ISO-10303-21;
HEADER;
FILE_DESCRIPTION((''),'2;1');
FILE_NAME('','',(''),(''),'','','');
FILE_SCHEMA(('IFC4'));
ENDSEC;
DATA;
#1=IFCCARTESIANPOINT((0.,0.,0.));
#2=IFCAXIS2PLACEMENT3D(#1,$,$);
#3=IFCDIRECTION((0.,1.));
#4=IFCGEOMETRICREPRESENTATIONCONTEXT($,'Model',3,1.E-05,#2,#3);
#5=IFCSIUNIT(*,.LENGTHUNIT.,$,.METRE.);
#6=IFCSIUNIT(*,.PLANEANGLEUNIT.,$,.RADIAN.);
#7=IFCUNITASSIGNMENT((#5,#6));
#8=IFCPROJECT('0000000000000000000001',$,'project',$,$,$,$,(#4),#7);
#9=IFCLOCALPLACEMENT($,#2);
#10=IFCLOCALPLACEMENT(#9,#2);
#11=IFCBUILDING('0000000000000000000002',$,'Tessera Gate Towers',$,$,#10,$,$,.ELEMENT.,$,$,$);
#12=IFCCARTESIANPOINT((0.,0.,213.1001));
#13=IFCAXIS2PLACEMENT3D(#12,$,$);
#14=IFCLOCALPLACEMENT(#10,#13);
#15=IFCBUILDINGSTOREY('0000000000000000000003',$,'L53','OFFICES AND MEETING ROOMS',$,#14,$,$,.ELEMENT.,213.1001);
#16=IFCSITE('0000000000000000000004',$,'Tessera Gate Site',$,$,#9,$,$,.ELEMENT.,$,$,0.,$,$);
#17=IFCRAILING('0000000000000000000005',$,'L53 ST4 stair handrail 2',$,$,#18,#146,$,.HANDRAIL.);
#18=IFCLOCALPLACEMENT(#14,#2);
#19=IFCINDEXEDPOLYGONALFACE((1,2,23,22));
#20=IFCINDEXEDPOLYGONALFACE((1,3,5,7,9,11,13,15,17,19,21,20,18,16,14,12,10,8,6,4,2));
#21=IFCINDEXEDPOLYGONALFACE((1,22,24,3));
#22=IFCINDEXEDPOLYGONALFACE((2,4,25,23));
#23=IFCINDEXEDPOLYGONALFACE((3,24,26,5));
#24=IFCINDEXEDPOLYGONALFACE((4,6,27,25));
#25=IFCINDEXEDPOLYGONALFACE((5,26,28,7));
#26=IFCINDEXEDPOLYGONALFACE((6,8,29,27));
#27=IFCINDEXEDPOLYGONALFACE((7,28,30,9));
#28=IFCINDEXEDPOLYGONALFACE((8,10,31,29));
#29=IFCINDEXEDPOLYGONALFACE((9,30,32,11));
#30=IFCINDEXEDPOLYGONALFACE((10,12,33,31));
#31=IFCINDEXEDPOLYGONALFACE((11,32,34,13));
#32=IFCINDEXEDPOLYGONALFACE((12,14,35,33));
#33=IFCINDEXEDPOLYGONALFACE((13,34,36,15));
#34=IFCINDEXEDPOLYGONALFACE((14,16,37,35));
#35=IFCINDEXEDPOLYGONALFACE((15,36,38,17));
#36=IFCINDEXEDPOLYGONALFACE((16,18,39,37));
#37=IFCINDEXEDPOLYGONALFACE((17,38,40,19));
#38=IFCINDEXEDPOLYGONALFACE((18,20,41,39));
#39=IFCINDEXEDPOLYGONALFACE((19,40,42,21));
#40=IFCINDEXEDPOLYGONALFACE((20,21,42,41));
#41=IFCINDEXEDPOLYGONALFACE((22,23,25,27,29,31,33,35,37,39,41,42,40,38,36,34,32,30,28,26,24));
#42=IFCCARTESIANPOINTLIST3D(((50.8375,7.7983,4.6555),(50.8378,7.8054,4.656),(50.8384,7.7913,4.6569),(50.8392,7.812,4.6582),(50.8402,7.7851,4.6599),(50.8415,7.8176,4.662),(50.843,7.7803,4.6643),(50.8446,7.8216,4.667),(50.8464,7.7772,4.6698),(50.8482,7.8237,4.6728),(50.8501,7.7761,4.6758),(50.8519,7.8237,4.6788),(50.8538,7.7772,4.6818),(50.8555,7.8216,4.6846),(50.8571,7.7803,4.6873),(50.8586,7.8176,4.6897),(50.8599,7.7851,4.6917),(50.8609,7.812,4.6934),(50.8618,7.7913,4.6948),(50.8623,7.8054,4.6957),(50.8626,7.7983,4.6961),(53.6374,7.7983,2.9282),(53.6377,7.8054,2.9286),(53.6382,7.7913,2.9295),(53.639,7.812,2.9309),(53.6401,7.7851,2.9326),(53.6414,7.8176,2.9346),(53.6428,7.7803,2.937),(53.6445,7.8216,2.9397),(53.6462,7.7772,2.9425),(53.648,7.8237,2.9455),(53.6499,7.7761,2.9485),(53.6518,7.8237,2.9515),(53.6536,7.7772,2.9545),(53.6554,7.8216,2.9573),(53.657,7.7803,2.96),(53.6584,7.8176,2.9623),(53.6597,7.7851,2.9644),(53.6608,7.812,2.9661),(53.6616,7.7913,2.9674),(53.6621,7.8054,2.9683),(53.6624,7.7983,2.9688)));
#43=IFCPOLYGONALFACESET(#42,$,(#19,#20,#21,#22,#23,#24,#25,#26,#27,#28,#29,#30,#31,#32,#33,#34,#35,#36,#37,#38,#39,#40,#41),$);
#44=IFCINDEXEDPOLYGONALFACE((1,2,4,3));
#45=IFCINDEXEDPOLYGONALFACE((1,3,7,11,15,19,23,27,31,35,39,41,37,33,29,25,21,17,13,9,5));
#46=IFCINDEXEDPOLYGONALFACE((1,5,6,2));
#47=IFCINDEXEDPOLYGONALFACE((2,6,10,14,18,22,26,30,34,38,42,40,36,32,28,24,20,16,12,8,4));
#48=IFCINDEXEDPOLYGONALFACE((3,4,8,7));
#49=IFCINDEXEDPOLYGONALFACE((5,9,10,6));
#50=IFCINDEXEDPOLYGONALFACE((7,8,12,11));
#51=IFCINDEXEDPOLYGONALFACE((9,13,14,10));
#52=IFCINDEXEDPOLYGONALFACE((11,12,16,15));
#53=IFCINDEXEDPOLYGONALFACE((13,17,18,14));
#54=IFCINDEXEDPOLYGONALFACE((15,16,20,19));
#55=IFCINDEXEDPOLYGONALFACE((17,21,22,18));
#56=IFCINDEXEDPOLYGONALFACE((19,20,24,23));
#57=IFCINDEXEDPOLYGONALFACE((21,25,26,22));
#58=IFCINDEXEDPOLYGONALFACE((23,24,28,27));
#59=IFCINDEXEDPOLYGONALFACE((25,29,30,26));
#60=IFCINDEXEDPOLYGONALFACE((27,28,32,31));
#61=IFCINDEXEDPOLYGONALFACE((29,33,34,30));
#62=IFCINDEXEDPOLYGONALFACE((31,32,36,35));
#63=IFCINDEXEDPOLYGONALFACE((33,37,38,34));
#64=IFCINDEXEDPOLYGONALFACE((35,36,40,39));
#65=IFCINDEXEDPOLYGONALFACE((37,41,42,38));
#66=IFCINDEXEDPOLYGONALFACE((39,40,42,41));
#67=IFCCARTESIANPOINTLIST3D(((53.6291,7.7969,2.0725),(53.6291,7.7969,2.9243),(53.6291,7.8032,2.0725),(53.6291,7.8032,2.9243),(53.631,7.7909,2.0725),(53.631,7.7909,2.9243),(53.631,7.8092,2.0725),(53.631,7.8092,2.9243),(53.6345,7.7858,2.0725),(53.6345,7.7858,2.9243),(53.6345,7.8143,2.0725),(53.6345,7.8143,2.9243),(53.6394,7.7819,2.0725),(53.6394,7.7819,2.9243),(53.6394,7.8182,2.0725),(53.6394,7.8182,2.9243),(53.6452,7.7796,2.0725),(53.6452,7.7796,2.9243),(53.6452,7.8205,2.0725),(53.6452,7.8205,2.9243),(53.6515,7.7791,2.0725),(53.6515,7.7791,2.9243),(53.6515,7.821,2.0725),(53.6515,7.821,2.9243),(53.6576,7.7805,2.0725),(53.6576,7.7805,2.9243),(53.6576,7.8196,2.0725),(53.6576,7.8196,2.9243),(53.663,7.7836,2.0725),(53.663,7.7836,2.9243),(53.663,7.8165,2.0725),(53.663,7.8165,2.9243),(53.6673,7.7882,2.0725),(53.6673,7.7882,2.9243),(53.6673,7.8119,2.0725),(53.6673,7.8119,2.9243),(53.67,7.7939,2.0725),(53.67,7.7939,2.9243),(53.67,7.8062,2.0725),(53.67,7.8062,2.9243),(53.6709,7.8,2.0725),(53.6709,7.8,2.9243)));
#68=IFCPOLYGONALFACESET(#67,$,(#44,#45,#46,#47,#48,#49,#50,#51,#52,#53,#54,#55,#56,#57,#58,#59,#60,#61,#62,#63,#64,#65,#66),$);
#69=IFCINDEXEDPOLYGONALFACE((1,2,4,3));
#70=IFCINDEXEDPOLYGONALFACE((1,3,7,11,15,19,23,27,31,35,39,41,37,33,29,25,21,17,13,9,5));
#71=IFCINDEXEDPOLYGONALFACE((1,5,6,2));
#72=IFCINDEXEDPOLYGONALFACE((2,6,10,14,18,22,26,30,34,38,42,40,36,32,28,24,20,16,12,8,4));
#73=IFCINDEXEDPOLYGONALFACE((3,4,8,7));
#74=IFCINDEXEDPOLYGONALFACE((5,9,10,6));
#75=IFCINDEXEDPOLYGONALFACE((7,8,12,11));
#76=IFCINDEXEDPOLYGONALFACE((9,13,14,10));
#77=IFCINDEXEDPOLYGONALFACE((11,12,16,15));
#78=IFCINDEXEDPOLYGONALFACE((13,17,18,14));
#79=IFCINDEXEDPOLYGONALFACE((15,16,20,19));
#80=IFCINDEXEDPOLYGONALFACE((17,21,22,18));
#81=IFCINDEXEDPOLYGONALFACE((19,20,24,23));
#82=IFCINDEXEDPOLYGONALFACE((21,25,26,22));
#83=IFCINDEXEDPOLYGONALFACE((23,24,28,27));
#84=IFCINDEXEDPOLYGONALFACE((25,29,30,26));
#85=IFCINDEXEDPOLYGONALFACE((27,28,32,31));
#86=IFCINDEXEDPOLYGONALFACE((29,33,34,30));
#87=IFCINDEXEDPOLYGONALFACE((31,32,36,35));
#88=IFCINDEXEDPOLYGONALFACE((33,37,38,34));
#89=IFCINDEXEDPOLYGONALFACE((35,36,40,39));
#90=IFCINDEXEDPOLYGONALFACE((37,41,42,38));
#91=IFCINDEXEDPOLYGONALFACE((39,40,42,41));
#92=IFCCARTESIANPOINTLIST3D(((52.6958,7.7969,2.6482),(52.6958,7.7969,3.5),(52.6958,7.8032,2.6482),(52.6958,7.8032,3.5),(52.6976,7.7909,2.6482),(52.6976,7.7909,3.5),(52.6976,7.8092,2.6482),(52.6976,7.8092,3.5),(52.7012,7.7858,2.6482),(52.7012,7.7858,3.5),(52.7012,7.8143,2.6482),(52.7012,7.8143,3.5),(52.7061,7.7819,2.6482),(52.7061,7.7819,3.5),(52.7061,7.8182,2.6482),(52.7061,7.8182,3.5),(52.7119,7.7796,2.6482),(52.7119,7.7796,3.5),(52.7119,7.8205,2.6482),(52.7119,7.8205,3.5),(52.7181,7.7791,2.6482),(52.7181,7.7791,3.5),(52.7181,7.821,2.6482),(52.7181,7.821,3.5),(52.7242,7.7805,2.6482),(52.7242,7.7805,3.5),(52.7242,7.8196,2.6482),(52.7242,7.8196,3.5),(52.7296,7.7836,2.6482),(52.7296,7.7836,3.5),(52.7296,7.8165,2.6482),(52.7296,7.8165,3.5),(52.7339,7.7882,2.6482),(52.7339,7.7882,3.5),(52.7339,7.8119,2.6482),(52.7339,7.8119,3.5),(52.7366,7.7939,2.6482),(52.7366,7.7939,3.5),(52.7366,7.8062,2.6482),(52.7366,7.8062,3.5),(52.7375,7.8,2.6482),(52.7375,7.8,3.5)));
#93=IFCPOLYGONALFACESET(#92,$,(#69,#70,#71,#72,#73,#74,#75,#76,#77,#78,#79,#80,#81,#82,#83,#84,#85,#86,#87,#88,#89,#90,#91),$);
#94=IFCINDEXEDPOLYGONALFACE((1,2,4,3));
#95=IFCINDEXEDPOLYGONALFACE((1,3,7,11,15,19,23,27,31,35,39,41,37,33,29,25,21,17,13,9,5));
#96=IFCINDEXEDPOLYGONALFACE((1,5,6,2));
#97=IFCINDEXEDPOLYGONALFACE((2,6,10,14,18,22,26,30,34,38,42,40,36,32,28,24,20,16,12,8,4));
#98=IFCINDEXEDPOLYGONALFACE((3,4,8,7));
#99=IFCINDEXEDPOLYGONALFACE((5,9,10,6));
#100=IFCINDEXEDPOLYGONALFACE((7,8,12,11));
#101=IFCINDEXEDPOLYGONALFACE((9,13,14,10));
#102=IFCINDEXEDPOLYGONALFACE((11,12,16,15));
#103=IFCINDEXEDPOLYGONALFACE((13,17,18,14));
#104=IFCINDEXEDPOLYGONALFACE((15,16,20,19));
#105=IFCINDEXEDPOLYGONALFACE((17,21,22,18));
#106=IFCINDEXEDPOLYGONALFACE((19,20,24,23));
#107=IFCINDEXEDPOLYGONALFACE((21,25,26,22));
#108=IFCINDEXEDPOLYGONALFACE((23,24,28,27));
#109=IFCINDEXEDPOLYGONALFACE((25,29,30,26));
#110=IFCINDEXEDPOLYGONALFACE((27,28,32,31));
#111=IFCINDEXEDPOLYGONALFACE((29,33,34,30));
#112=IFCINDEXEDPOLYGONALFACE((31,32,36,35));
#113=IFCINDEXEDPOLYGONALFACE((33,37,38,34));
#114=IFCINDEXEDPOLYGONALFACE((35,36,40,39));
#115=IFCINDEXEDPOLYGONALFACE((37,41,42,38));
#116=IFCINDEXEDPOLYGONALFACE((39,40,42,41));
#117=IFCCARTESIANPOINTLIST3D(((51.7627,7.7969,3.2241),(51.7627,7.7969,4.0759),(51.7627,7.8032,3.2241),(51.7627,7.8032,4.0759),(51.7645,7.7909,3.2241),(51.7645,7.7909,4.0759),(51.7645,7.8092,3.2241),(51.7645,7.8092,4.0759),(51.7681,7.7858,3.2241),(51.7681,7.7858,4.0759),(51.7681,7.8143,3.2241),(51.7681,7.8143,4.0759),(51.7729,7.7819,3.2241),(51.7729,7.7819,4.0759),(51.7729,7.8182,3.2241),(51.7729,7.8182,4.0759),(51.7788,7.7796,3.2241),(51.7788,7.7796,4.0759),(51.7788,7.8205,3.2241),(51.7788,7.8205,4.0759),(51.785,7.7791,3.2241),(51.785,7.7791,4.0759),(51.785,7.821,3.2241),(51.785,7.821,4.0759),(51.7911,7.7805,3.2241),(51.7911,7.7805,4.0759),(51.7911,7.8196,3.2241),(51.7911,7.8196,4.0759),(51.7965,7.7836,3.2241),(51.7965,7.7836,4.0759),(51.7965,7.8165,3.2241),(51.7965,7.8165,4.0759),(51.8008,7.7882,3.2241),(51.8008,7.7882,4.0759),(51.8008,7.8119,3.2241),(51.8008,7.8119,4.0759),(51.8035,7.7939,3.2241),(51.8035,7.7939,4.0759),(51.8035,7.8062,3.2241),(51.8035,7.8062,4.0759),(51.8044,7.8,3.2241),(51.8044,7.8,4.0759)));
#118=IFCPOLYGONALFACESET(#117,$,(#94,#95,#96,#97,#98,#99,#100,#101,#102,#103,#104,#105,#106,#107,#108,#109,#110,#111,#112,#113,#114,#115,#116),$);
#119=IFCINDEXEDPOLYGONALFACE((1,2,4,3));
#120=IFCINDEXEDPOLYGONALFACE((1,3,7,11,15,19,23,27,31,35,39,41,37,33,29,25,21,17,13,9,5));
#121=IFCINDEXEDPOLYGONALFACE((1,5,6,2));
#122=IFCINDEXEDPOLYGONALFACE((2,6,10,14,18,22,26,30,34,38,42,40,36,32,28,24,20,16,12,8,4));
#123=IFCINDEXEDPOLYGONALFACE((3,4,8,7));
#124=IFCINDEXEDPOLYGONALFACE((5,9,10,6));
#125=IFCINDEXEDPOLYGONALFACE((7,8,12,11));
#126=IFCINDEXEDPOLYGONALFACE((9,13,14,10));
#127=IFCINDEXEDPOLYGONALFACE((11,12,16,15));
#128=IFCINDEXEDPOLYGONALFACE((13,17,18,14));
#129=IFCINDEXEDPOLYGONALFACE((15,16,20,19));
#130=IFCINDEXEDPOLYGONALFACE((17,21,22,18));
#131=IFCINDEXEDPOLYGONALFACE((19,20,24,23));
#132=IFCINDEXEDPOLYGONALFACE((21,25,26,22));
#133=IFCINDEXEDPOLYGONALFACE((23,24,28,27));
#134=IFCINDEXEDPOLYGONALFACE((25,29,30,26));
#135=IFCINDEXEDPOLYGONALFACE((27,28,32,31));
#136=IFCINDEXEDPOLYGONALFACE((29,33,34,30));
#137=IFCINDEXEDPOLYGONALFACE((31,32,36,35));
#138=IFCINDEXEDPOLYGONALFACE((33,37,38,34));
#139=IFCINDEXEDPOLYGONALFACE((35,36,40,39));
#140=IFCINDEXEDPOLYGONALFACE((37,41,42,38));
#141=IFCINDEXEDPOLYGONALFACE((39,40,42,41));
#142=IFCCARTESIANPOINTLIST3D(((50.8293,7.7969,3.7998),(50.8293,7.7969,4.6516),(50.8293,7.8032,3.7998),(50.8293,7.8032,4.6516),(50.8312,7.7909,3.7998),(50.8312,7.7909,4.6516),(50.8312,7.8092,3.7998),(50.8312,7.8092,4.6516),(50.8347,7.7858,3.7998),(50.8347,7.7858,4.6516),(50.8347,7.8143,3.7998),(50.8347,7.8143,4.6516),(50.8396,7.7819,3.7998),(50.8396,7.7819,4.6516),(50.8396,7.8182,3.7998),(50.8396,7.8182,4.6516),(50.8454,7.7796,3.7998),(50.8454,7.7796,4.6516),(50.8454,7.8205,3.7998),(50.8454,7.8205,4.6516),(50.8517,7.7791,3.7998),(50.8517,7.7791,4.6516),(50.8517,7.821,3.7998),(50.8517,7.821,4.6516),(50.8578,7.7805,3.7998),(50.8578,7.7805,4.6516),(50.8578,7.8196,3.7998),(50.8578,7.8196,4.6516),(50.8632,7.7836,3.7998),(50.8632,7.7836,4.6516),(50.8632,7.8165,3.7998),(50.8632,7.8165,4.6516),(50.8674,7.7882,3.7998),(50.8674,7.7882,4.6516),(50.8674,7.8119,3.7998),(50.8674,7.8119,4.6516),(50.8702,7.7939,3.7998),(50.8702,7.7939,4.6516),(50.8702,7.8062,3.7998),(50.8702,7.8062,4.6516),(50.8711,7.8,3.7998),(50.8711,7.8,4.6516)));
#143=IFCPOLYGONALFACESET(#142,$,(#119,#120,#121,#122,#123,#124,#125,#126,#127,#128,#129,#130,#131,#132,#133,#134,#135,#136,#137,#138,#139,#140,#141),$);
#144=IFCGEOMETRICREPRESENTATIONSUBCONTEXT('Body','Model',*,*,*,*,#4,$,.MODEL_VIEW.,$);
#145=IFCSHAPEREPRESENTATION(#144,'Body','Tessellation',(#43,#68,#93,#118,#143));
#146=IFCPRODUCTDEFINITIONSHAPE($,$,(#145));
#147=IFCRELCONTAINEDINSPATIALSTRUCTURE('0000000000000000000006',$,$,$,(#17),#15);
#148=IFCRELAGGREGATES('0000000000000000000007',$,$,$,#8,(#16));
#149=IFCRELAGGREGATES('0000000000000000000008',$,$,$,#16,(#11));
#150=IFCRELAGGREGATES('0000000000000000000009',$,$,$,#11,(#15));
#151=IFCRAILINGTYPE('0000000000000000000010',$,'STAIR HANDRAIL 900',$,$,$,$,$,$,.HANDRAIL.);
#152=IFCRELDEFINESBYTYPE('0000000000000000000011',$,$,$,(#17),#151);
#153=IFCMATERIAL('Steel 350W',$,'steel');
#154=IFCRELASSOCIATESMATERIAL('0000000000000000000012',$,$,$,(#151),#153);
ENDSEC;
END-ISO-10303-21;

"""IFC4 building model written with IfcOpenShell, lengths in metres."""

from ifc_helpers import new_model, si_unit, direction, frame, origin, origin_2d, place, context, subcontext, project, spatial, circle, extrude, material, type_object, element, save


model = new_model("IFC4")

# Units and contexts
model_context = context("Model", 3, precision=1e-05, world=origin(), true_north=direction((0.0, 1.0)))
body_context = subcontext(model_context, "Body", "Model", "MODEL_VIEW")
ifc_project = project(units=[si_unit("LENGTHUNIT", "METRE"), si_unit("PLANEANGLEUNIT", "RADIAN")], contexts=[model_context])

# Site, building, storey
site_placement = place(None, origin())
site = spatial("IfcSite", under=ifc_project, at=site_placement, Name="Tessera Gate Site", CompositionType="ELEMENT", RefElevation=0.0)
building_placement = place(site_placement, origin())
building = spatial("IfcBuilding", under=site, at=building_placement, Name="Tessera Gate Towers", CompositionType="ELEMENT")
storey_placement = place(building_placement, frame((0.0, 0.0, 213.1001)))
storey = spatial("IfcBuildingStorey", under=building, at=storey_placement, Name="L53", Description="OFFICES AND MEETING ROOMS", CompositionType="ELEMENT", Elevation=213.1001)

# Railing
ifc_material_1 = material(Name="Steel 350W", Category="steel")
railing_type_1 = type_object("IfcRailingType", Name="STAIR HANDRAIL 900", PredefinedType="HANDRAIL", material=ifc_material_1)
railing_1_placement = place(storey_placement, frame((53.6499, 7.8, 2.0725)))
element("IfcRailing", 1, at=railing_1_placement, inside=storey, type_object=railing_type_1, Name="L53 ST4 stair handrail 2", PredefinedType="HANDRAIL", context=body_context, shape_type="SweptSolid", body=[
    extrude(circle(Radius=0.0239, at=origin_2d()), frame((0.0, 0.0, 0.876), z_axis=(-0.851069, 0.0, 0.525054), x_axis=(0.0, -1.0, 0.0)), (0.0, 0.0, 1.0), 3.2898),
    extrude(circle(Radius=0.021, at=origin_2d()), origin(), (0.0, 0.0, 1.0), 0.8518),
    extrude(circle(Radius=0.021, at=origin_2d()), frame((-0.9333, 0.0, 0.5757)), (0.0, 0.0, 1.0), 0.8518),
    extrude(circle(Radius=0.021, at=origin_2d()), frame((-1.8665, 0.0, 1.1516)), (0.0, 0.0, 1.0), 0.8518),
    extrude(circle(Radius=0.021, at=origin_2d()), frame((-2.7998, 0.0, 1.7273)), (0.0, 0.0, 1.0), 0.8518),
])

save(model, "model.ifc")
